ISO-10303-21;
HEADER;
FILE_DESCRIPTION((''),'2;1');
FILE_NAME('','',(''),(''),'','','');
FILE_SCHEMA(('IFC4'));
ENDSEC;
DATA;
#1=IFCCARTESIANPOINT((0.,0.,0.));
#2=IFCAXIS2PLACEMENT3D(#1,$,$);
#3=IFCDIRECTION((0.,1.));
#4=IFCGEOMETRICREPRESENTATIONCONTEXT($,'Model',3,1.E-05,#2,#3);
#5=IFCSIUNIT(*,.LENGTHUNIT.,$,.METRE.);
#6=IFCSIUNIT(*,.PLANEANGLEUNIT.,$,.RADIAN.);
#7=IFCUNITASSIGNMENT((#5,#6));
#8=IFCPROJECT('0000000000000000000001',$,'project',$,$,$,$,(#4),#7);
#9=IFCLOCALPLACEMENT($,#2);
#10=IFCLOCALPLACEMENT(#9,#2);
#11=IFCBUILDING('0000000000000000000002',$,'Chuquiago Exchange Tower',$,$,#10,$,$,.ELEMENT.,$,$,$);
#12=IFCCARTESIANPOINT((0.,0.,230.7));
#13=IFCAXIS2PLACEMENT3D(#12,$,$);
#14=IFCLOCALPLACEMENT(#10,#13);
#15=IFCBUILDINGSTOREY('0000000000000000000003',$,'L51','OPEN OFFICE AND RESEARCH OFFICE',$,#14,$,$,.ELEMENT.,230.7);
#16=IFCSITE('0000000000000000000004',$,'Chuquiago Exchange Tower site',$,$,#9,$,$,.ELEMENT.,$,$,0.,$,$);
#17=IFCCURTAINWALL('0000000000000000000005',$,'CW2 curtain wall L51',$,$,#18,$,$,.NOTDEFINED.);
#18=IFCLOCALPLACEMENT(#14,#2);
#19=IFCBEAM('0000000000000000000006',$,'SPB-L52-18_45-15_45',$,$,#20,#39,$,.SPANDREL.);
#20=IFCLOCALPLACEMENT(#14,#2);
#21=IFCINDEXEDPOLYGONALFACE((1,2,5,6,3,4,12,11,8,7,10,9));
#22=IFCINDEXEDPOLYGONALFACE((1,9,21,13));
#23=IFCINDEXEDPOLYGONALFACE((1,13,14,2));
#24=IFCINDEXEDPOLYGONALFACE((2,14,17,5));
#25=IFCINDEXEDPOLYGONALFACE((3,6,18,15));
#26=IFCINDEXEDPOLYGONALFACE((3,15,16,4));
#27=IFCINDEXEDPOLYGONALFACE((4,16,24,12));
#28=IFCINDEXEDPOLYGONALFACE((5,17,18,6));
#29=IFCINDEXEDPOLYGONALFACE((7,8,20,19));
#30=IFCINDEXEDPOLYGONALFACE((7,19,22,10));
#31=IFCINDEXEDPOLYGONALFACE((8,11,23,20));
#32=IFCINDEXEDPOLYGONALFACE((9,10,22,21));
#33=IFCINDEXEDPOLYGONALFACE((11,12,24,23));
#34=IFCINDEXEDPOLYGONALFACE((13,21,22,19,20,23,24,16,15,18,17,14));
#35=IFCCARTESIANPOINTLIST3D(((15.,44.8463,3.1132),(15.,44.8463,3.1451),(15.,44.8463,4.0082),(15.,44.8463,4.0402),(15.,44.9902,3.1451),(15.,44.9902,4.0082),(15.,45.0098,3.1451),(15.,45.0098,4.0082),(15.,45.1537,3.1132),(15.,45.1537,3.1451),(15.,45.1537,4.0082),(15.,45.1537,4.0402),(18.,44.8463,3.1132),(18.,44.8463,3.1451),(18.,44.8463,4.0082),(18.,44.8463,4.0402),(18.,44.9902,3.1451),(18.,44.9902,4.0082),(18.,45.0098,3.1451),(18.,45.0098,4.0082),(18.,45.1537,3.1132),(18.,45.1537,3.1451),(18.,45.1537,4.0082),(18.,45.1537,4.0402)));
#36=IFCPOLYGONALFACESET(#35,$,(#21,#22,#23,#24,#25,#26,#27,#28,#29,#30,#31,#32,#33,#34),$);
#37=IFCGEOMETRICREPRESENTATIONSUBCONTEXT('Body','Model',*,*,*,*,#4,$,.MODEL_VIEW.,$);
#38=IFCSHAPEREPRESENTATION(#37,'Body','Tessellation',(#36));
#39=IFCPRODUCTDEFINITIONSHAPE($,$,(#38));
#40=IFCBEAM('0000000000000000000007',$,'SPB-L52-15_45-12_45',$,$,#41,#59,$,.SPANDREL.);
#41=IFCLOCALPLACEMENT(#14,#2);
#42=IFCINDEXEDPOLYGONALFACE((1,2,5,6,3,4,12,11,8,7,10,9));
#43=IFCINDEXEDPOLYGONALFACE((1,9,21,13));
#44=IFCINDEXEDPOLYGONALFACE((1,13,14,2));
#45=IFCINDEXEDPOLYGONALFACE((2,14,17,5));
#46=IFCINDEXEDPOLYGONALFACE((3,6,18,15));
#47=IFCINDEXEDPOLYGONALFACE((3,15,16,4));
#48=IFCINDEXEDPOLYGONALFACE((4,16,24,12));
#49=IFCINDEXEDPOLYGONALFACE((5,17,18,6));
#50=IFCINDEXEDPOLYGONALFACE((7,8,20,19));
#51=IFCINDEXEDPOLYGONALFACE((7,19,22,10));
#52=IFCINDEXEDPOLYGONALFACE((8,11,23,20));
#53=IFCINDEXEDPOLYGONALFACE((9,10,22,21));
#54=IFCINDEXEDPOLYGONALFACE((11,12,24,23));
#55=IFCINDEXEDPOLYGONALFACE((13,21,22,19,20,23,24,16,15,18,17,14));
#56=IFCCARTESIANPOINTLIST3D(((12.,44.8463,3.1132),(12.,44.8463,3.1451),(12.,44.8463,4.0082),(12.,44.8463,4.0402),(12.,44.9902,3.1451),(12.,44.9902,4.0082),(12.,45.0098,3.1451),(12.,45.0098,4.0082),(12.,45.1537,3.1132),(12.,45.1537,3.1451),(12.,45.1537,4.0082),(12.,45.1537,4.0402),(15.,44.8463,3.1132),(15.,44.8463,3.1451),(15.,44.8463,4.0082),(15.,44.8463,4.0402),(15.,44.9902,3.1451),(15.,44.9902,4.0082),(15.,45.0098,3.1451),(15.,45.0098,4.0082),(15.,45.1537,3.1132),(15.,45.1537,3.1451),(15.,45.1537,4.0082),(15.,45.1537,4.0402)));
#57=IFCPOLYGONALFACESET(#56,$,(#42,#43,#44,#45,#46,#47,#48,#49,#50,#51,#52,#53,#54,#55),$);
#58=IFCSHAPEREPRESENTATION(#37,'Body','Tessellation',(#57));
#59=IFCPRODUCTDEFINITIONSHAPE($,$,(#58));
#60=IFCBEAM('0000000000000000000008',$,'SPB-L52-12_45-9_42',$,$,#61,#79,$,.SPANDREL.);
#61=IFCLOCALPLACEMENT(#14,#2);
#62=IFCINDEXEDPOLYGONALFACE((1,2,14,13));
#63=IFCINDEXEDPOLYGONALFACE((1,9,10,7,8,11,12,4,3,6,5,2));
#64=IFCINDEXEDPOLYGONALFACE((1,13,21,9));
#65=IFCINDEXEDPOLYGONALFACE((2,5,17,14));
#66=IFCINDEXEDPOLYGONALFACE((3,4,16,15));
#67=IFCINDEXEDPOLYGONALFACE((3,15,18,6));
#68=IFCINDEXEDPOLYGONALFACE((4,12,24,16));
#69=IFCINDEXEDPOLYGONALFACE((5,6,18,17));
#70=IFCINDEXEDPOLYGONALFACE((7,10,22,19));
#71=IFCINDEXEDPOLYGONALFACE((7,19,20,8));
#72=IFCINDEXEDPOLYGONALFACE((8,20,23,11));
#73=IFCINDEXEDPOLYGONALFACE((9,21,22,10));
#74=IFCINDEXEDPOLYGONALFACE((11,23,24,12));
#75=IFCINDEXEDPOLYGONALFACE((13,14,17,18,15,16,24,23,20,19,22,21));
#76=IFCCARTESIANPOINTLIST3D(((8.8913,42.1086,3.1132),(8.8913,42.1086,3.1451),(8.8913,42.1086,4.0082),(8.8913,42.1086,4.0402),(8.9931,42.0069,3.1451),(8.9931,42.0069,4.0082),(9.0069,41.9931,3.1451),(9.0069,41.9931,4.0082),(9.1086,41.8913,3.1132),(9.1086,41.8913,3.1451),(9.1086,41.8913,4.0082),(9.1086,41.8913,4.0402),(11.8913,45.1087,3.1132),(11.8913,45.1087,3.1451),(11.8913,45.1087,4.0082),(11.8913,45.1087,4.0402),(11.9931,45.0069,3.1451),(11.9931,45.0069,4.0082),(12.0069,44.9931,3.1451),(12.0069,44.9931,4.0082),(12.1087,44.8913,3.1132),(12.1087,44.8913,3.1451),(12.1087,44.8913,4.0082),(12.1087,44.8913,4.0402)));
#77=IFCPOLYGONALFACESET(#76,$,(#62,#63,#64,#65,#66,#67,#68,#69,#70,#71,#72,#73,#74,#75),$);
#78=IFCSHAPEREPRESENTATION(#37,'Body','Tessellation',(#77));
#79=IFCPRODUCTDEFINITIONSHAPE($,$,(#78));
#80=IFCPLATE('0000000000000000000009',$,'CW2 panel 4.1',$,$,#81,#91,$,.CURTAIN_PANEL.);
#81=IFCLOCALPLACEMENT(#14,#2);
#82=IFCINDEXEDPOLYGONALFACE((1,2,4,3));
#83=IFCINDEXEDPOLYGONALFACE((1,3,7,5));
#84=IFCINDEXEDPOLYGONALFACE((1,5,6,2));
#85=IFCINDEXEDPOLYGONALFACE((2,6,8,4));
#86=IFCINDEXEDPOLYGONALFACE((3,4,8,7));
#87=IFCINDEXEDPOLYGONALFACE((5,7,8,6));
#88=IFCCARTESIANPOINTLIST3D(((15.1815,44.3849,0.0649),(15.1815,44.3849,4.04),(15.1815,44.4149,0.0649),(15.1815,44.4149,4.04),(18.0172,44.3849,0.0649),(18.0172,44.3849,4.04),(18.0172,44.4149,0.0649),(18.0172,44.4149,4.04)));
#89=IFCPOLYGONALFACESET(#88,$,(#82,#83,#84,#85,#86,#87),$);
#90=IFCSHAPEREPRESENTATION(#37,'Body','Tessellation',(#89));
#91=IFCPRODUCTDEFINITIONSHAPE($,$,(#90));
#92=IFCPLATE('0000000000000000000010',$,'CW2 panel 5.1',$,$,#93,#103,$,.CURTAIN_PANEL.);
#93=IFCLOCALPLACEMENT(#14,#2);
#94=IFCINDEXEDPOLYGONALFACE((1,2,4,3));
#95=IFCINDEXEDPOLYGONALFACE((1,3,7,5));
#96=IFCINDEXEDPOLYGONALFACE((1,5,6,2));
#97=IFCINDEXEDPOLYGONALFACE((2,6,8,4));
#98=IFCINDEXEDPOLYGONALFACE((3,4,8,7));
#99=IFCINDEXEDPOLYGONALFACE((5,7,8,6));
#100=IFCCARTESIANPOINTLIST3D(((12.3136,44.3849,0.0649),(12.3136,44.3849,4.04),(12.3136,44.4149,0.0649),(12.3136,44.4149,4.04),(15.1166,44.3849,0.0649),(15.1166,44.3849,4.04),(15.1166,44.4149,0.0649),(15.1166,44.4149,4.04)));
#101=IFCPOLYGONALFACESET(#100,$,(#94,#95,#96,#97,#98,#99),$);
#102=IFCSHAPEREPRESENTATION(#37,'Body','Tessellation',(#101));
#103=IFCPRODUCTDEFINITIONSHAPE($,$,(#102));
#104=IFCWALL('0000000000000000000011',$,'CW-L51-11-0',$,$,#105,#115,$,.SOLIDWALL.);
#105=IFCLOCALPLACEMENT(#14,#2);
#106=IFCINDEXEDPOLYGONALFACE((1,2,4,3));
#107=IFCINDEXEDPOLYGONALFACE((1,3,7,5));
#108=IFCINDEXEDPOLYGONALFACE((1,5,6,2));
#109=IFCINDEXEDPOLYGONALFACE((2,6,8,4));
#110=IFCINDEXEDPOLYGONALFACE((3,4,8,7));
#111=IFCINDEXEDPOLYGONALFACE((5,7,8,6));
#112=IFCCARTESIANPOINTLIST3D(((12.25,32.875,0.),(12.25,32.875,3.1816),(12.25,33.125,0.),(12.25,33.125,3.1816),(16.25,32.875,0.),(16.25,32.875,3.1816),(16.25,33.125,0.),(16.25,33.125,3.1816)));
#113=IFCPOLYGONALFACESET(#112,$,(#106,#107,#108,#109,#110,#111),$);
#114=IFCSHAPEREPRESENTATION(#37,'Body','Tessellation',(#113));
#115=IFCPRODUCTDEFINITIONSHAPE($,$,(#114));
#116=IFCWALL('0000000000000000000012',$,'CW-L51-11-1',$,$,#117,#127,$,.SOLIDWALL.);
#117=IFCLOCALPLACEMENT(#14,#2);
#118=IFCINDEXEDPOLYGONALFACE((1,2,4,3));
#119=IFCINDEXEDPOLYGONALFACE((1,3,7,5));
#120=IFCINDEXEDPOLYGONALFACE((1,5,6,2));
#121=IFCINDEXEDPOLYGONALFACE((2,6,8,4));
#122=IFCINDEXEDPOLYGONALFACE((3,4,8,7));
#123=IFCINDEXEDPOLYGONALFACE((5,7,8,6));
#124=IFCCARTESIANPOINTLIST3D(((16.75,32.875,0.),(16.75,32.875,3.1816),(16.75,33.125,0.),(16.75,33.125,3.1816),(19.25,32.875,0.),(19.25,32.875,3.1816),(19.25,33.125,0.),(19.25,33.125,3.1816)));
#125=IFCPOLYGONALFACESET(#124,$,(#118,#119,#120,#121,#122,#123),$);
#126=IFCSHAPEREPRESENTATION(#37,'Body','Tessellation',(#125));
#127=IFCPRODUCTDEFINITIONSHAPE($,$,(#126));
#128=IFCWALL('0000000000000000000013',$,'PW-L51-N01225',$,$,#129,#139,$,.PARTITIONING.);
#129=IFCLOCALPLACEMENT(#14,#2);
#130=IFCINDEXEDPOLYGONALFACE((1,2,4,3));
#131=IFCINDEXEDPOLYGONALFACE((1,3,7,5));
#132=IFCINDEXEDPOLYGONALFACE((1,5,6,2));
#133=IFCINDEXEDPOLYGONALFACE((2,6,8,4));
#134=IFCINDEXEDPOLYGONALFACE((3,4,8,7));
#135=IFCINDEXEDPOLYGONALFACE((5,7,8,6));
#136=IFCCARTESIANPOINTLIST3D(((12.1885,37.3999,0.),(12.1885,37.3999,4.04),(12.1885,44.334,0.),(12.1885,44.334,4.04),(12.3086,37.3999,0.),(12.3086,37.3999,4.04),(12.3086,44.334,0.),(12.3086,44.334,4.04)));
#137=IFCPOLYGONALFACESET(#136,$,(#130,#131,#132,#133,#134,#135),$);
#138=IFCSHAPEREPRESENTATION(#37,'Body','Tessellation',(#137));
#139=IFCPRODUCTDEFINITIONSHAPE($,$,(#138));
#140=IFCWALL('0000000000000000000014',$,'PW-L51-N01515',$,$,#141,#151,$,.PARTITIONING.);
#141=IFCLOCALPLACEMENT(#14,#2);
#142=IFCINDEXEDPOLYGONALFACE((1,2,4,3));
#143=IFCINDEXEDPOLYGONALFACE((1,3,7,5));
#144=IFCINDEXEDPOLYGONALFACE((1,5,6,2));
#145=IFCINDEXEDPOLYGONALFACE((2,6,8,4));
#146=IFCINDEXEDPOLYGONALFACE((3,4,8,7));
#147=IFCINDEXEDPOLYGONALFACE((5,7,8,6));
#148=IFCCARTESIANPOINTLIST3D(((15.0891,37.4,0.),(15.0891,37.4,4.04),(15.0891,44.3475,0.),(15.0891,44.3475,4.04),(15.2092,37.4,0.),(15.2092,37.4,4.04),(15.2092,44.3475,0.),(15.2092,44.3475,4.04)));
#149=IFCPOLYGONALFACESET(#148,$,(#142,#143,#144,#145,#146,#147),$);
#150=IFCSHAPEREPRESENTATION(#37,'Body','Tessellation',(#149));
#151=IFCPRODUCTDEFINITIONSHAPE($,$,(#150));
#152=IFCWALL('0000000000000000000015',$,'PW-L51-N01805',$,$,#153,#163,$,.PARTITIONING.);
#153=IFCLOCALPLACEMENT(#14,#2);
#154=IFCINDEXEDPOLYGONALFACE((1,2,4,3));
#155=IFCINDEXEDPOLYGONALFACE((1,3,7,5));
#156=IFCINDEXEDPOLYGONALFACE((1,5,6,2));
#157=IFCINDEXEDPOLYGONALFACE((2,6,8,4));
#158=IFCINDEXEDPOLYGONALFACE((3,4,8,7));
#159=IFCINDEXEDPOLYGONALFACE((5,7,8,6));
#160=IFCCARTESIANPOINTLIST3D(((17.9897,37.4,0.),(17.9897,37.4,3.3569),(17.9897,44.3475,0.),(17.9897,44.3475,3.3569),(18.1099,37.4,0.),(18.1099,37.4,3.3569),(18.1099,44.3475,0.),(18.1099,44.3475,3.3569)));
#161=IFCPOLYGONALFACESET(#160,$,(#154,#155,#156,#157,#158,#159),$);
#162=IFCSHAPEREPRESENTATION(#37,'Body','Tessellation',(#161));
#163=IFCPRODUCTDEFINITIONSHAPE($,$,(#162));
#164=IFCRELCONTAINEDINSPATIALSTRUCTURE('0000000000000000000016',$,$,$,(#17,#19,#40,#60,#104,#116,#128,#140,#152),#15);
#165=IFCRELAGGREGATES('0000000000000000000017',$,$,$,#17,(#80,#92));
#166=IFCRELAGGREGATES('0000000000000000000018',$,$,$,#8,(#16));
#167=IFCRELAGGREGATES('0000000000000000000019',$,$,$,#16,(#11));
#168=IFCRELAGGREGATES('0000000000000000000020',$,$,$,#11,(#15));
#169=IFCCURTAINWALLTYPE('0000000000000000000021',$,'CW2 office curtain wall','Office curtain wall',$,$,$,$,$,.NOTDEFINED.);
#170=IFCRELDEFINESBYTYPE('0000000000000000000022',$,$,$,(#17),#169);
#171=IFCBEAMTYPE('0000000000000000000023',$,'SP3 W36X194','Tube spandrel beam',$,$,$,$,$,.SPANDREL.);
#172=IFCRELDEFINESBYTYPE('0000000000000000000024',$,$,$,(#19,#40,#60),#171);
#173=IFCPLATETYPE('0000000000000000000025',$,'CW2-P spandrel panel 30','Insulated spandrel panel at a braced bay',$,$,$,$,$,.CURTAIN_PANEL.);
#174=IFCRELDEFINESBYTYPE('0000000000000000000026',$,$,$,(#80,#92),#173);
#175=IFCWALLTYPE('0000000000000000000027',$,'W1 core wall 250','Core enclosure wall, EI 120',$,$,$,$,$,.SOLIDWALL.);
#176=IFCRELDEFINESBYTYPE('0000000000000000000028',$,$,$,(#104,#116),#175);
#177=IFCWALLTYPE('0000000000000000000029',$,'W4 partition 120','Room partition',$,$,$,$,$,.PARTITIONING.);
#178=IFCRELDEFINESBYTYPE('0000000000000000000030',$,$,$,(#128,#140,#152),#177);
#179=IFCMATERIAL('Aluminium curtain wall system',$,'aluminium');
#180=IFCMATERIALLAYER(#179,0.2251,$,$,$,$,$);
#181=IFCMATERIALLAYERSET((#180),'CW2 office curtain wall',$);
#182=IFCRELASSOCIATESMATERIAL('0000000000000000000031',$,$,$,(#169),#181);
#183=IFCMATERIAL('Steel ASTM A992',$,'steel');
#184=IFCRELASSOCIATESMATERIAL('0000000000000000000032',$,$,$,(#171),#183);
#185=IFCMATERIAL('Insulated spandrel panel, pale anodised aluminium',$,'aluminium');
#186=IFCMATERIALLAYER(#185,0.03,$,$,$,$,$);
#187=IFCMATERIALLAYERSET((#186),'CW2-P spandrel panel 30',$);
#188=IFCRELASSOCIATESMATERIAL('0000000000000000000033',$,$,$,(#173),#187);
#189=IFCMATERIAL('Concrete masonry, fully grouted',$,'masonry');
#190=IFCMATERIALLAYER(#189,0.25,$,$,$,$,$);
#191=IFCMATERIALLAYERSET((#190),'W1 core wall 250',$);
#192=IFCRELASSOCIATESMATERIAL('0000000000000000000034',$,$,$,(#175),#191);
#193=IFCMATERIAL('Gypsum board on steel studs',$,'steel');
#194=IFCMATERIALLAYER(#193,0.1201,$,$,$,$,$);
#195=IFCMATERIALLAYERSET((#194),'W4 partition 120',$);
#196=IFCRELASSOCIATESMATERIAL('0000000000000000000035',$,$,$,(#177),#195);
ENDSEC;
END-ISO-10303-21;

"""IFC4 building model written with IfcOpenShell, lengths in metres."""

from ifc_helpers import new_model, si_unit, direction, frame, frame_2d, origin, origin_2d, place, context, subcontext, project, spatial, rectangle, i_section, extrude, material, layer, layer_set, material_profile, profile_set, type_object, element, aggregate, save


model = new_model("IFC4")

# Units and contexts
model_context = context("Model", 3, precision=1e-05, world=origin(), true_north=direction((0.0, 1.0)))
body_context = subcontext(model_context, "Body", "Model", "MODEL_VIEW")
ifc_project = project(units=[si_unit("LENGTHUNIT", "METRE"), si_unit("PLANEANGLEUNIT", "RADIAN")], contexts=[model_context])

# Site, building, storey
site_placement = place(None, origin())
site = spatial("IfcSite", under=ifc_project, at=site_placement, Name="Chuquiago Exchange Tower site", CompositionType="ELEMENT", RefElevation=0.0)
building_placement = place(site_placement, origin())
building = spatial("IfcBuilding", under=site, at=building_placement, Name="Chuquiago Exchange Tower", CompositionType="ELEMENT")
storey_placement = place(building_placement, frame((0.0, 0.0, 230.7)))
storey = spatial("IfcBuildingStorey", under=building, at=storey_placement, Name="L51", Description="OPEN OFFICE AND RESEARCH OFFICE", CompositionType="ELEMENT", Elevation=230.7)

# Curtain wall
ifc_material_1 = material(Name="Aluminium curtain wall system", Category="aluminium")
ifc_layer_1 = layer(ifc_material_1, 0.2251)
ifc_layer_set_1 = layer_set([ifc_layer_1], Name="CW2 office curtain wall")
curtain_wall_type_1 = type_object("IfcCurtainWallType", Name="CW2 office curtain wall", Description="Office curtain wall", PredefinedType="NOTDEFINED", material=ifc_layer_set_1)
curtain_wall_1_placement = place(storey_placement, origin())
curtain_wall_1 = element("IfcCurtainWall", 1, at=curtain_wall_1_placement, inside=storey, type_object=curtain_wall_type_1, Name="CW2 curtain wall L51", PredefinedType="NOTDEFINED")

# Beams
ifc_material_2 = material(Name="Steel ASTM A992", Category="steel")
ifc_material_profile_1 = material_profile(ifc_material_2, i_section(OverallWidth=0.3074, OverallDepth=0.927, WebThickness=0.0195, FlangeThickness=0.032, at=origin_2d()), Name="W36X194")
ifc_profile_set_1 = profile_set([ifc_material_profile_1], Name="Steel ASTM A992")
beam_type_1 = type_object("IfcBeamType", Name="SP3 W36X194", Description="Tube spandrel beam", PredefinedType="SPANDREL", material=ifc_profile_set_1)
for number, where, z_axis, x_axis, name in (
    (2, (18.0, 45.0, 3.5767), (-1.0, 0.0, 0.0), (0.0, -1.0, 0.0), "SPB-L52-18_45-15_45"),
    (3, (15.0, 45.0, 3.5767), (-1.0, 0.0, 0.0), (0.0, -1.0, 0.0), "SPB-L52-15_45-12_45"),
):
    element("IfcBeam", number, at=place(storey_placement, frame(where, z_axis=z_axis, x_axis=x_axis)), inside=storey, type_object=beam_type_1, Name=name, PredefinedType="SPANDREL", context=body_context, shape_type="SweptSolid", body=[
        extrude(i_section(OverallWidth=0.3074, OverallDepth=0.927, WebThickness=0.0195, FlangeThickness=0.032, at=origin_2d()), origin(), (0.0, 0.0, 1.0), 3.0),
    ])
beam_1_placement = place(storey_placement, frame((12.0, 45.0, 3.5767), z_axis=(-0.707107, -0.707107, 0.0), x_axis=(0.707107, -0.707107, 0.0)))
element("IfcBeam", 4, at=beam_1_placement, inside=storey, type_object=beam_type_1, Name="SPB-L52-12_45-9_42", PredefinedType="SPANDREL", context=body_context, shape_type="SweptSolid", body=[
    extrude(i_section(OverallWidth=0.3074, OverallDepth=0.927, WebThickness=0.0195, FlangeThickness=0.032, at=origin_2d()), origin(), (0.0, 0.0, 1.0), 4.2427),
])

# Plates
ifc_material_3 = material(Name="Insulated spandrel panel, pale anodised aluminium", Category="aluminium")
ifc_layer_2 = layer(ifc_material_3, 0.03)
ifc_layer_set_2 = layer_set([ifc_layer_2], Name="CW2-P spandrel panel 30")
plate_type = type_object("IfcPlateType", Name="CW2-P spandrel panel 30", Description="Insulated spandrel panel at a braced bay", PredefinedType="CURTAIN_PANEL", material=ifc_layer_set_2)
plate_1_placement = place(storey_placement, frame((16.5994, 44.3999, 0.0649), z_axis=(0.0, 0.0, 1.0), x_axis=(-1.0, 0.0, 0.0)))
plate_1 = element("IfcPlate", 5, at=plate_1_placement, type_object=plate_type, Name="CW2 panel 4.1", PredefinedType="CURTAIN_PANEL", context=body_context, shape_type="SweptSolid", body=[
    extrude(rectangle(XDim=2.8357, YDim=0.03, at=origin_2d()), origin(), (0.0, 0.0, 1.0), 3.9751),
])
plate_2_placement = place(storey_placement, frame((13.7151, 44.3999, 0.0649), z_axis=(0.0, 0.0, 1.0), x_axis=(-1.0, 0.0, 0.0)))
plate_2 = element("IfcPlate", 6, at=plate_2_placement, type_object=plate_type, Name="CW2 panel 5.1", PredefinedType="CURTAIN_PANEL", context=body_context, shape_type="SweptSolid", body=[
    extrude(rectangle(XDim=2.803, YDim=0.03, at=origin_2d()), origin(), (0.0, 0.0, 1.0), 3.9751),
])
aggregate(curtain_wall_1, [plate_1, plate_2])

# Walls
ifc_material_4 = material(Name="Concrete masonry, fully grouted", Category="masonry")
ifc_layer_3 = layer(ifc_material_4, 0.25)
ifc_layer_set_3 = layer_set([ifc_layer_3], Name="W1 core wall 250")
wall_type_1 = type_object("IfcWallType", Name="W1 core wall 250", Description="Core enclosure wall, EI 120", PredefinedType="SOLIDWALL", material=ifc_layer_set_3)
wall_1_placement = place(storey_placement, frame((12.25, 33.0, 0.0), z_axis=(0.0, 0.0, 1.0), x_axis=(1.0, 0.0, 0.0)))
element("IfcWall", 7, at=wall_1_placement, inside=storey, type_object=wall_type_1, Name="CW-L51-11-0", PredefinedType="SOLIDWALL", context=body_context, shape_type="SweptSolid", body=[
    extrude(rectangle(XDim=4.0, YDim=0.25, at=frame_2d((2.0, 0.0))), origin(), (0.0, 0.0, 1.0), 3.1816),
])
wall_2_placement = place(storey_placement, frame((16.75, 33.0, 0.0), z_axis=(0.0, 0.0, 1.0), x_axis=(1.0, 0.0, 0.0)))
element("IfcWall", 8, at=wall_2_placement, inside=storey, type_object=wall_type_1, Name="CW-L51-11-1", PredefinedType="SOLIDWALL", context=body_context, shape_type="SweptSolid", body=[
    extrude(rectangle(XDim=2.5, YDim=0.25, at=frame_2d((1.25, 0.0))), origin(), (0.0, 0.0, 1.0), 3.1816),
])
ifc_material_5 = material(Name="Gypsum board on steel studs", Category="steel")
ifc_layer_4 = layer(ifc_material_5, 0.1201)
ifc_layer_set_4 = layer_set([ifc_layer_4], Name="W4 partition 120")
wall_type_2 = type_object("IfcWallType", Name="W4 partition 120", Description="Room partition", PredefinedType="PARTITIONING", material=ifc_layer_set_4)
wall_3_placement = place(storey_placement, frame((12.2485, 44.334, 0.0), z_axis=(0.0, 0.0, 1.0), x_axis=(0.0, -1.0, 0.0)))
element("IfcWall", 9, at=wall_3_placement, inside=storey, type_object=wall_type_2, Name="PW-L51-N01225", PredefinedType="PARTITIONING", context=body_context, shape_type="SweptSolid", body=[
    extrude(rectangle(XDim=6.9341, YDim=0.1201, at=frame_2d((3.467, 0.0))), origin(), (0.0, 0.0, 1.0), 4.04),
])
wall_4_placement = place(storey_placement, frame((15.1492, 44.3474, 0.0), z_axis=(0.0, 0.0, 1.0), x_axis=(0.0, -1.0, 0.0)))
element("IfcWall", 10, at=wall_4_placement, inside=storey, type_object=wall_type_2, Name="PW-L51-N01515", PredefinedType="PARTITIONING", context=body_context, shape_type="SweptSolid", body=[
    extrude(rectangle(XDim=6.9475, YDim=0.1201, at=frame_2d((3.4736, 0.0))), origin(), (0.0, 0.0, 1.0), 4.04),
])
wall_5_placement = place(storey_placement, frame((18.0498, 44.3474, 0.0), z_axis=(0.0, 0.0, 1.0), x_axis=(0.0, -1.0, 0.0)))
element("IfcWall", 11, at=wall_5_placement, inside=storey, type_object=wall_type_2, Name="PW-L51-N01805", PredefinedType="PARTITIONING", context=body_context, shape_type="SweptSolid", body=[
    extrude(rectangle(XDim=6.9475, YDim=0.1201, at=frame_2d((3.4736, 0.0))), origin(), (0.0, 0.0, 1.0), 3.3569),
])

save(model, "model.ifc")
